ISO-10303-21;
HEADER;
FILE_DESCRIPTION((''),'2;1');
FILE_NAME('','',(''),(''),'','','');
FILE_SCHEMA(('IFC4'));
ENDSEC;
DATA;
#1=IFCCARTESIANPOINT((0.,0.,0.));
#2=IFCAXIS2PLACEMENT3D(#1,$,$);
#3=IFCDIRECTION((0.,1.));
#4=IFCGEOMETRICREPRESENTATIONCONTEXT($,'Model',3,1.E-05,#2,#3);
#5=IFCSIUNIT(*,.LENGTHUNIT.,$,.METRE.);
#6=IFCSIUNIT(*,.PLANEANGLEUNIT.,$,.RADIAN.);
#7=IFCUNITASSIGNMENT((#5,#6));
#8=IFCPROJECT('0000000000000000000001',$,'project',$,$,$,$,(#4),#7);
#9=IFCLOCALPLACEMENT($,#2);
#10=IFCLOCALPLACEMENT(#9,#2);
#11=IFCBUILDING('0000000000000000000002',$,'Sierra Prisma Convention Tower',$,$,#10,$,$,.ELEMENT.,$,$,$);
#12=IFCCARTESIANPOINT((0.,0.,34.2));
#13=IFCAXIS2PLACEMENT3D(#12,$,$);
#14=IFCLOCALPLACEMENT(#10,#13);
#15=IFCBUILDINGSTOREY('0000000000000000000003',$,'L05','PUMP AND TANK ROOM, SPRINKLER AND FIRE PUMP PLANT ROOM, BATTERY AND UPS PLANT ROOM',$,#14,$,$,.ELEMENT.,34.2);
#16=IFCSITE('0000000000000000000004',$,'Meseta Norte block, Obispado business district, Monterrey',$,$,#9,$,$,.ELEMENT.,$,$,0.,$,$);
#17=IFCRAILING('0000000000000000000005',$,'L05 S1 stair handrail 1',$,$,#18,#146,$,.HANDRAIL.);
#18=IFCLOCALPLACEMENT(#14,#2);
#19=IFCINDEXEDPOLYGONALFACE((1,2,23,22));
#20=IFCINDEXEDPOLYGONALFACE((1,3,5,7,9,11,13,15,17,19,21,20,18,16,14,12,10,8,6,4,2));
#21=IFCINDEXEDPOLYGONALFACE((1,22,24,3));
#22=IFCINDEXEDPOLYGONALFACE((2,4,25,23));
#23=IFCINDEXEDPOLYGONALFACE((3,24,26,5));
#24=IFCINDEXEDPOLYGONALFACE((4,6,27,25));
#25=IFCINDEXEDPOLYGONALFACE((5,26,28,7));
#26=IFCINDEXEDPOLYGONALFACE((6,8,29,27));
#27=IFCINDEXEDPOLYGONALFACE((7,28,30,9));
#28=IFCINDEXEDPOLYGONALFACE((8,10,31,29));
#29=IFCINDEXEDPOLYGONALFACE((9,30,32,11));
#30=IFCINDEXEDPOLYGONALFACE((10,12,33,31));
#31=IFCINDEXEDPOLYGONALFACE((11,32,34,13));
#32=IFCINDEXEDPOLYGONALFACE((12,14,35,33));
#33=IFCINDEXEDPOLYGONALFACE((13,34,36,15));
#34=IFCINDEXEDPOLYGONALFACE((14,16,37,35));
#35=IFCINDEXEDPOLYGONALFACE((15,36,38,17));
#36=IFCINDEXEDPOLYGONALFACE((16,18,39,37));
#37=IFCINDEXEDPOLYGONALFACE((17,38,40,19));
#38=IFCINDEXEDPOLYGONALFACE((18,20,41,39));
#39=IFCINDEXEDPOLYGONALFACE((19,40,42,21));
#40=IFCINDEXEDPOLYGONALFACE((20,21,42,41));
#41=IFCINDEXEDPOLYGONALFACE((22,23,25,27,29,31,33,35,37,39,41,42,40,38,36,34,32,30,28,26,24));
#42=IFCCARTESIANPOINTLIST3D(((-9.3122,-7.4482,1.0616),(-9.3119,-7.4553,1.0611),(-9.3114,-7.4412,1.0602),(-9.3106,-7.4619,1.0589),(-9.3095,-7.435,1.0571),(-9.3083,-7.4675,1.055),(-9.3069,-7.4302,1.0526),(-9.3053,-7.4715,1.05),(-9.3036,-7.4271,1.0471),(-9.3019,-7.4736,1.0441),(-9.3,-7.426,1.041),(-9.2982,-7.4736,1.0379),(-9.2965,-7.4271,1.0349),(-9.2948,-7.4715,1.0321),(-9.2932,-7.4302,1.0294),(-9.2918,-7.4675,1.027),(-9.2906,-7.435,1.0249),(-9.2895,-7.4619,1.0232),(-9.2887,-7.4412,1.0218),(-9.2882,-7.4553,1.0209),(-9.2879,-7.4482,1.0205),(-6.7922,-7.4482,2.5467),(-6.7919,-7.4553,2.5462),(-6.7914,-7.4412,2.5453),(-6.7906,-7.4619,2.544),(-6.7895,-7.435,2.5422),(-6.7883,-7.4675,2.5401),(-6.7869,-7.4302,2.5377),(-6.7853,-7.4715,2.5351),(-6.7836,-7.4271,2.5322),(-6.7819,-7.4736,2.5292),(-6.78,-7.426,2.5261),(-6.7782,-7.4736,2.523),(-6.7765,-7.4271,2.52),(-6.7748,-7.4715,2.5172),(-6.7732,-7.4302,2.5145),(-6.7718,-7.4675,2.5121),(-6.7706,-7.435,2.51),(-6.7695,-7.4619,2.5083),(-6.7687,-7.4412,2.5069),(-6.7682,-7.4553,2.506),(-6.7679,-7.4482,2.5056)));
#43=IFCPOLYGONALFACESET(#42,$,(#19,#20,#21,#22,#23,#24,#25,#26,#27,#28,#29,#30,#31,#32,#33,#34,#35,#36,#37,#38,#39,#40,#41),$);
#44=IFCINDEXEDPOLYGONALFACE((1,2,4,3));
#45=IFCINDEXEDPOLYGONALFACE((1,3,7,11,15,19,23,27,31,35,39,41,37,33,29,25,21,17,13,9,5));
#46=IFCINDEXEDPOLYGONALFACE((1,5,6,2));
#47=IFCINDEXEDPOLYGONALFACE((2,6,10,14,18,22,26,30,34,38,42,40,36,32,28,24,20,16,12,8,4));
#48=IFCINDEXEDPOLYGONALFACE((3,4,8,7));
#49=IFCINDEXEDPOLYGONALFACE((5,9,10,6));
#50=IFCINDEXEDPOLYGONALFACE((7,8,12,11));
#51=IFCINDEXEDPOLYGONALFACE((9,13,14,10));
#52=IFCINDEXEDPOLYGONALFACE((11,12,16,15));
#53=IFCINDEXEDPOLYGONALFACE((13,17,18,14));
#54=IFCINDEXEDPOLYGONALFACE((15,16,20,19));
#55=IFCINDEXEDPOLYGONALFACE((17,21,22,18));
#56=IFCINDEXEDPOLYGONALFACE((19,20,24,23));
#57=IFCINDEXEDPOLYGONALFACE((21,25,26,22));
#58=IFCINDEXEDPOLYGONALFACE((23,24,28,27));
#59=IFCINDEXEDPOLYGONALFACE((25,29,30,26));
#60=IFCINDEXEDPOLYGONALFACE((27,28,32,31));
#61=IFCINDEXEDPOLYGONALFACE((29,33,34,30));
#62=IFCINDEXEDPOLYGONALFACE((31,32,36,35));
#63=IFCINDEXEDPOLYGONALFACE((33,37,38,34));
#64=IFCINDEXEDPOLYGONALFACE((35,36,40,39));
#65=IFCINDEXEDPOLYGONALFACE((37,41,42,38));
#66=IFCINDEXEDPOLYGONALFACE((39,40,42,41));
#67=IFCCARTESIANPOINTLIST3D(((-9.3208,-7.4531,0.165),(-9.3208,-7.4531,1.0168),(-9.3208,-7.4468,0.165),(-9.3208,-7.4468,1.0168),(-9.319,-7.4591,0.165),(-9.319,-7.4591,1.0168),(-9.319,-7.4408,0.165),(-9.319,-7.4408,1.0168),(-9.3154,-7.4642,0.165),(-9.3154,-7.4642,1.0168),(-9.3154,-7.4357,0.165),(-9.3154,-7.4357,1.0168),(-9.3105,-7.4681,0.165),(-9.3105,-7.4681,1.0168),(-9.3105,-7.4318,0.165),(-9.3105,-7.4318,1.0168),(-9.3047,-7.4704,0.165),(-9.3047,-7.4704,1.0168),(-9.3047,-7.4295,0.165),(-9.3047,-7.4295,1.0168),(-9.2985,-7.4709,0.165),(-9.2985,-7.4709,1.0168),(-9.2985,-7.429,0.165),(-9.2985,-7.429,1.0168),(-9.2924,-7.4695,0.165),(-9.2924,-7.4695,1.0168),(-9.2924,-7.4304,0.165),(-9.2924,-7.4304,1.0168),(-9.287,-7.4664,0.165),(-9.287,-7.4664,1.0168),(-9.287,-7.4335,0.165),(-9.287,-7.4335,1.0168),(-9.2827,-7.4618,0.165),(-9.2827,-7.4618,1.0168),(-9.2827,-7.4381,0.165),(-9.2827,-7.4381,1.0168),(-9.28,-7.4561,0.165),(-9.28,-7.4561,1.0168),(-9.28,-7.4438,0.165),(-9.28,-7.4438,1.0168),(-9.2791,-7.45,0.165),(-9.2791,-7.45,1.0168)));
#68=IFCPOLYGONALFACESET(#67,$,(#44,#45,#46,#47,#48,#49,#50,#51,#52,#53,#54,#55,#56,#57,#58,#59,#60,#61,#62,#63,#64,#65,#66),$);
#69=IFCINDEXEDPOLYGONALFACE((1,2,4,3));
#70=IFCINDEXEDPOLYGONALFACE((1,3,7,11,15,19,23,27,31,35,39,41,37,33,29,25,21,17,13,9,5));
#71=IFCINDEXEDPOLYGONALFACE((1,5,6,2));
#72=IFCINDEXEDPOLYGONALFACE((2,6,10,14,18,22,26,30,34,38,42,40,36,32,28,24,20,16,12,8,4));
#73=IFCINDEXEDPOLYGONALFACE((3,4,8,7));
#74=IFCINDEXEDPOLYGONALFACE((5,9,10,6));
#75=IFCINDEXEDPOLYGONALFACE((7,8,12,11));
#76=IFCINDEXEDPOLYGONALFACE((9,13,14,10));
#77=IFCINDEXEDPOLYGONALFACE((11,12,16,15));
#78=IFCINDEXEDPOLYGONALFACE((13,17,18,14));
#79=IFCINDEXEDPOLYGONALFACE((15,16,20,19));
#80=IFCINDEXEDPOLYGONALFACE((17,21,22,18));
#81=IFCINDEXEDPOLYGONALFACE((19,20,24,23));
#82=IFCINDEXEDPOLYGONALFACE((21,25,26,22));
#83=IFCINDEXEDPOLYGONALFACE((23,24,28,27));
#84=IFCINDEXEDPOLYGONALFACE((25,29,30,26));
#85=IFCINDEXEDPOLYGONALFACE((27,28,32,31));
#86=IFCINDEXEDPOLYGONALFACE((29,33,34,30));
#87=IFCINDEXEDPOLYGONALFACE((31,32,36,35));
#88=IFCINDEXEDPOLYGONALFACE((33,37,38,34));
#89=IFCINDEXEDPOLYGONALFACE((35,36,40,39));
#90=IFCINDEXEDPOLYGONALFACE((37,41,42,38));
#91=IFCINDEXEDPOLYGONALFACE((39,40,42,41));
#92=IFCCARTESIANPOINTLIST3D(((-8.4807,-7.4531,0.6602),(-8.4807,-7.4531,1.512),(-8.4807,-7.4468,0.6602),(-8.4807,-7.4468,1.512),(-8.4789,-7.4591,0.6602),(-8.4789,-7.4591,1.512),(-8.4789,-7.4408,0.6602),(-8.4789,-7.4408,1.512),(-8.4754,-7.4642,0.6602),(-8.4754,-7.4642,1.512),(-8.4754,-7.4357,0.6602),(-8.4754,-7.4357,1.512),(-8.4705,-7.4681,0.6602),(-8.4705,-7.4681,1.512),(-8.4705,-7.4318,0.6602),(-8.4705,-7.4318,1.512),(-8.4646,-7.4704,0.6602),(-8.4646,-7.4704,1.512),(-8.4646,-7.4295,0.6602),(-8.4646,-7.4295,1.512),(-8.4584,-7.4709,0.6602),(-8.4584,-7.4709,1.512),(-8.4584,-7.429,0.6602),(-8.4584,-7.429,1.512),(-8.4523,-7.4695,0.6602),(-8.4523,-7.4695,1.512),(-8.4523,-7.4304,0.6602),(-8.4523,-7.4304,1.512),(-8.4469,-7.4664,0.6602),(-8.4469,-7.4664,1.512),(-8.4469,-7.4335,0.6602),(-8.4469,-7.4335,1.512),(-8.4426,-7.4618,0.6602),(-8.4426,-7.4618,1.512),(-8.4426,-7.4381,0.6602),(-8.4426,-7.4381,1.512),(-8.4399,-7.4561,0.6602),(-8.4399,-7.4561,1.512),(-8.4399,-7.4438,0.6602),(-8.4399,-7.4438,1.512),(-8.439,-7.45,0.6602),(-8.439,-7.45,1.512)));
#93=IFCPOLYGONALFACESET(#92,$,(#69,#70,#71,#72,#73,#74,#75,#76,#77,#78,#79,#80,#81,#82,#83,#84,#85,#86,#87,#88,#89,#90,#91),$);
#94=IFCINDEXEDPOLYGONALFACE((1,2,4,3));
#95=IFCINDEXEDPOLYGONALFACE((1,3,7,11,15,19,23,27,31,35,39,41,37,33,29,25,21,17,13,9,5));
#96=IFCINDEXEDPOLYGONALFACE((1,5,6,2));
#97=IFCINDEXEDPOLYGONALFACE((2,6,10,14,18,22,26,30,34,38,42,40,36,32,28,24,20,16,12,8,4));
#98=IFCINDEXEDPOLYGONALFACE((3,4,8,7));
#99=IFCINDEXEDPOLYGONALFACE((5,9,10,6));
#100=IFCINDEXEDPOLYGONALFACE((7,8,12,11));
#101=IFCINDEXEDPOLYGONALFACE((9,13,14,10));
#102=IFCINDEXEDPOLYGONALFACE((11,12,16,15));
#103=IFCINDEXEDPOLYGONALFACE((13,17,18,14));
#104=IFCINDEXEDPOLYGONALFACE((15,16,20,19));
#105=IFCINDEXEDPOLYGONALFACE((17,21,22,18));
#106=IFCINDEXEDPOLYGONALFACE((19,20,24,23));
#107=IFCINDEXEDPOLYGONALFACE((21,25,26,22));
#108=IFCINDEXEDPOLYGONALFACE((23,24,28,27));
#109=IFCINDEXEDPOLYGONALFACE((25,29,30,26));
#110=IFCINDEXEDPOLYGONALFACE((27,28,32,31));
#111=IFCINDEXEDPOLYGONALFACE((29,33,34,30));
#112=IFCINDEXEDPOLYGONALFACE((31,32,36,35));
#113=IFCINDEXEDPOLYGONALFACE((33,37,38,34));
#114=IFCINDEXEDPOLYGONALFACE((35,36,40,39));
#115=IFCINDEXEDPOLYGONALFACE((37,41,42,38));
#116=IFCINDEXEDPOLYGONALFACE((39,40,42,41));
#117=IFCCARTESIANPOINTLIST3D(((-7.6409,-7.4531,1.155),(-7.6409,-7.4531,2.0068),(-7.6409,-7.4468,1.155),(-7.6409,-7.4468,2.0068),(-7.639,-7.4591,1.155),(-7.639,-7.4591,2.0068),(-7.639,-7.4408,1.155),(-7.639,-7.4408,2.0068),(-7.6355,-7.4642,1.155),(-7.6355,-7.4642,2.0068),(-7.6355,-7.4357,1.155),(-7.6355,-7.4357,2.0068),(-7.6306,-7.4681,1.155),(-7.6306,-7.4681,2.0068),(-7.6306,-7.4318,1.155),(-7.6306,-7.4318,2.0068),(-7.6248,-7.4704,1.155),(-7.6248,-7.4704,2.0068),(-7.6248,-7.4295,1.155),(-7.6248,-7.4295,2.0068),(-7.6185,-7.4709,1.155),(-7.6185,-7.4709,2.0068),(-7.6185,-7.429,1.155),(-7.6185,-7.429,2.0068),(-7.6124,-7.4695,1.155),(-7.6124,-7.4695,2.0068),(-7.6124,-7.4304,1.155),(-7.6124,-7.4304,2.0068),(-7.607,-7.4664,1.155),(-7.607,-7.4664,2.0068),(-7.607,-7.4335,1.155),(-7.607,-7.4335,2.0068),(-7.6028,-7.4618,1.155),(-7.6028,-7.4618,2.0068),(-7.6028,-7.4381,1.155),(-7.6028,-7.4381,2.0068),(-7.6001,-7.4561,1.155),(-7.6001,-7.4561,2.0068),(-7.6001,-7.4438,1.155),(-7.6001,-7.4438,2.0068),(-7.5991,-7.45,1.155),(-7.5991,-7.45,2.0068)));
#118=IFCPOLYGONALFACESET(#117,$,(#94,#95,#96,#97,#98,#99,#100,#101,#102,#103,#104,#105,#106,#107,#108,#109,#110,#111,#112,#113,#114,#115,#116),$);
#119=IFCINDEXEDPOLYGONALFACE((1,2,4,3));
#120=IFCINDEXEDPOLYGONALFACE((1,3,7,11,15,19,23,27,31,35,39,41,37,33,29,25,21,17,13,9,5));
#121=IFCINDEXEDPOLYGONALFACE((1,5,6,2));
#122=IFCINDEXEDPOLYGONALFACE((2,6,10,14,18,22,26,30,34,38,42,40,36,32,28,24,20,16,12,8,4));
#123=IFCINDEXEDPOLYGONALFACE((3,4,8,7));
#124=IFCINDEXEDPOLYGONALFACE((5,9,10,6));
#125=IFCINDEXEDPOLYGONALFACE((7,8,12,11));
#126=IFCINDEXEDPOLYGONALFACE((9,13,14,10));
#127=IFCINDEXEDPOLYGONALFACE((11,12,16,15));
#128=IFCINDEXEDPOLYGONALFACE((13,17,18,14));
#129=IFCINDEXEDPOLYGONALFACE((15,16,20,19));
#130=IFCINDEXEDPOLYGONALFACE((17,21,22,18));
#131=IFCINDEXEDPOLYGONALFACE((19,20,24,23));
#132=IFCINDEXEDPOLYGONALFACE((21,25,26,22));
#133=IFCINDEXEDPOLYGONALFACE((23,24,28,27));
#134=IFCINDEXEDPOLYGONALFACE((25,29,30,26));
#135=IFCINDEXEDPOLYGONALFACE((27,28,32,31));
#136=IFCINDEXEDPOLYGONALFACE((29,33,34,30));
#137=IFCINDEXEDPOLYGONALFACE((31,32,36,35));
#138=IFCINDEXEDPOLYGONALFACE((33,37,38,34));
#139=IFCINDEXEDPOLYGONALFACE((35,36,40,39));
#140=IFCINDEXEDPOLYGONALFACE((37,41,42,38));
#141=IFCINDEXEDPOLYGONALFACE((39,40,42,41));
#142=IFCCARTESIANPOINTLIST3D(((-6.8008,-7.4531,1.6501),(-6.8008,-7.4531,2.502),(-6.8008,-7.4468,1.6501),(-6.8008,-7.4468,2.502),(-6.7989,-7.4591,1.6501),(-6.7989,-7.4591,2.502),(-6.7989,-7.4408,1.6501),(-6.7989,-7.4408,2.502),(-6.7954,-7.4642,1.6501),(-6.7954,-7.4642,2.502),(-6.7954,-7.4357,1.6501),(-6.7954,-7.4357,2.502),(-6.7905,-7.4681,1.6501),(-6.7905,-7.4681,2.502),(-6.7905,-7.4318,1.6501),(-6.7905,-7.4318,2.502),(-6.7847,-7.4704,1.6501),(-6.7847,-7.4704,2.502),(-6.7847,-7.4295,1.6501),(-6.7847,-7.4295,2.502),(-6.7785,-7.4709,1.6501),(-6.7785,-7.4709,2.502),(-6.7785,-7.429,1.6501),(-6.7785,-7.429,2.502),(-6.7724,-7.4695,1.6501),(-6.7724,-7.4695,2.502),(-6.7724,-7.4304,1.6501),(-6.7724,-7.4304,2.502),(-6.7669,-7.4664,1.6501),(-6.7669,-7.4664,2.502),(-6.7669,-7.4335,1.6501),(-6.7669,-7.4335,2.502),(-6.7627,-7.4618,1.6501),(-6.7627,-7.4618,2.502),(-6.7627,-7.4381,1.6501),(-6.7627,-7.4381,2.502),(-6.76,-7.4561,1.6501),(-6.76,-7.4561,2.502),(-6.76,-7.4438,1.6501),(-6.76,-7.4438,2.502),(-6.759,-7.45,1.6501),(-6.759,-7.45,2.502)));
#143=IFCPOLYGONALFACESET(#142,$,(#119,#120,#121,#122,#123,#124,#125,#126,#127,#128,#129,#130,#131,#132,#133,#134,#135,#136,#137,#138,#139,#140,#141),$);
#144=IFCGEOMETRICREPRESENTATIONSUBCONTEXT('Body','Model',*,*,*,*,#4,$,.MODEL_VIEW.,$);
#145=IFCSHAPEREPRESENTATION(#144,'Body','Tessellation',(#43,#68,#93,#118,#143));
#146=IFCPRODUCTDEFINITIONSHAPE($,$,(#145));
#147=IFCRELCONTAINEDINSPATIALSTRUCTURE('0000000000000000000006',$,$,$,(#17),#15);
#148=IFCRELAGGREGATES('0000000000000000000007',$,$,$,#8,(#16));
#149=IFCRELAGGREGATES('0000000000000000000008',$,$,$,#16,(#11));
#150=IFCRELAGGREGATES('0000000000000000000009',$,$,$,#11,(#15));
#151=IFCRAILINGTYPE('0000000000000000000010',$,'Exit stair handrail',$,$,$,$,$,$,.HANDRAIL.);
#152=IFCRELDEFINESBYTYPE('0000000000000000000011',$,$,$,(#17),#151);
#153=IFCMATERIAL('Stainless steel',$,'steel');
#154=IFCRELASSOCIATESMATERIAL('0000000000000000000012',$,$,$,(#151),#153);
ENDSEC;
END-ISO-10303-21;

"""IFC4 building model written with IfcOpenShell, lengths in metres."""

from ifc_helpers import new_model, si_unit, direction, frame, origin, origin_2d, place, context, subcontext, project, spatial, circle, extrude, material, type_object, element, save


model = new_model("IFC4")

# Units and contexts
model_context = context("Model", 3, precision=1e-05, world=origin(), true_north=direction((0.0, 1.0)))
body_context = subcontext(model_context, "Body", "Model", "MODEL_VIEW")
ifc_project = project(units=[si_unit("LENGTHUNIT", "METRE"), si_unit("PLANEANGLEUNIT", "RADIAN")], contexts=[model_context])

# Site, building, storey
site_placement = place(None, origin())
site = spatial("IfcSite", under=ifc_project, at=site_placement, Name="Meseta Norte block, Obispado business district, Monterrey", CompositionType="ELEMENT", RefElevation=0.0)
building_placement = place(site_placement, origin())
building = spatial("IfcBuilding", under=site, at=building_placement, Name="Sierra Prisma Convention Tower", CompositionType="ELEMENT")
storey_placement = place(building_placement, frame((0.0, 0.0, 34.2)))
storey = spatial("IfcBuildingStorey", under=building, at=storey_placement, Name="L05", Description="PUMP AND TANK ROOM, SPRINKLER AND FIRE PUMP PLANT ROOM, BATTERY AND UPS PLANT ROOM", CompositionType="ELEMENT", Elevation=34.2)

# Railing
ifc_material_1 = material(Name="Stainless steel", Category="steel")
railing_type_1 = type_object("IfcRailingType", Name="Exit stair handrail", PredefinedType="HANDRAIL", material=ifc_material_1)
railing_1_placement = place(storey_placement, frame((-9.3, -7.45, 0.165)))
element("IfcRailing", 1, at=railing_1_placement, inside=storey, type_object=railing_type_1, Name="L05 S1 stair handrail 1", PredefinedType="HANDRAIL", context=body_context, shape_type="SweptSolid", body=[
    extrude(circle(Radius=0.0239, at=origin_2d()), frame((0.0, 0.0, 0.876), z_axis=(0.861524, 0.0, 0.507717), x_axis=(0.0, 1.0, 0.0)), (0.0, 0.0, 1.0), 2.925),
    extrude(circle(Radius=0.021, at=origin_2d()), origin(), (0.0, 0.0, 1.0), 0.8518),
    extrude(circle(Radius=0.021, at=origin_2d()), frame((0.8401, 0.0, 0.4951)), (0.0, 0.0, 1.0), 0.8518),
    extrude(circle(Radius=0.021, at=origin_2d()), frame((1.6799, 0.0, 0.99)), (0.0, 0.0, 1.0), 0.8518),
    extrude(circle(Radius=0.021, at=origin_2d()), frame((2.52, 0.0, 1.4851)), (0.0, 0.0, 1.0), 0.8518),
])

save(model, "model.ifc")
